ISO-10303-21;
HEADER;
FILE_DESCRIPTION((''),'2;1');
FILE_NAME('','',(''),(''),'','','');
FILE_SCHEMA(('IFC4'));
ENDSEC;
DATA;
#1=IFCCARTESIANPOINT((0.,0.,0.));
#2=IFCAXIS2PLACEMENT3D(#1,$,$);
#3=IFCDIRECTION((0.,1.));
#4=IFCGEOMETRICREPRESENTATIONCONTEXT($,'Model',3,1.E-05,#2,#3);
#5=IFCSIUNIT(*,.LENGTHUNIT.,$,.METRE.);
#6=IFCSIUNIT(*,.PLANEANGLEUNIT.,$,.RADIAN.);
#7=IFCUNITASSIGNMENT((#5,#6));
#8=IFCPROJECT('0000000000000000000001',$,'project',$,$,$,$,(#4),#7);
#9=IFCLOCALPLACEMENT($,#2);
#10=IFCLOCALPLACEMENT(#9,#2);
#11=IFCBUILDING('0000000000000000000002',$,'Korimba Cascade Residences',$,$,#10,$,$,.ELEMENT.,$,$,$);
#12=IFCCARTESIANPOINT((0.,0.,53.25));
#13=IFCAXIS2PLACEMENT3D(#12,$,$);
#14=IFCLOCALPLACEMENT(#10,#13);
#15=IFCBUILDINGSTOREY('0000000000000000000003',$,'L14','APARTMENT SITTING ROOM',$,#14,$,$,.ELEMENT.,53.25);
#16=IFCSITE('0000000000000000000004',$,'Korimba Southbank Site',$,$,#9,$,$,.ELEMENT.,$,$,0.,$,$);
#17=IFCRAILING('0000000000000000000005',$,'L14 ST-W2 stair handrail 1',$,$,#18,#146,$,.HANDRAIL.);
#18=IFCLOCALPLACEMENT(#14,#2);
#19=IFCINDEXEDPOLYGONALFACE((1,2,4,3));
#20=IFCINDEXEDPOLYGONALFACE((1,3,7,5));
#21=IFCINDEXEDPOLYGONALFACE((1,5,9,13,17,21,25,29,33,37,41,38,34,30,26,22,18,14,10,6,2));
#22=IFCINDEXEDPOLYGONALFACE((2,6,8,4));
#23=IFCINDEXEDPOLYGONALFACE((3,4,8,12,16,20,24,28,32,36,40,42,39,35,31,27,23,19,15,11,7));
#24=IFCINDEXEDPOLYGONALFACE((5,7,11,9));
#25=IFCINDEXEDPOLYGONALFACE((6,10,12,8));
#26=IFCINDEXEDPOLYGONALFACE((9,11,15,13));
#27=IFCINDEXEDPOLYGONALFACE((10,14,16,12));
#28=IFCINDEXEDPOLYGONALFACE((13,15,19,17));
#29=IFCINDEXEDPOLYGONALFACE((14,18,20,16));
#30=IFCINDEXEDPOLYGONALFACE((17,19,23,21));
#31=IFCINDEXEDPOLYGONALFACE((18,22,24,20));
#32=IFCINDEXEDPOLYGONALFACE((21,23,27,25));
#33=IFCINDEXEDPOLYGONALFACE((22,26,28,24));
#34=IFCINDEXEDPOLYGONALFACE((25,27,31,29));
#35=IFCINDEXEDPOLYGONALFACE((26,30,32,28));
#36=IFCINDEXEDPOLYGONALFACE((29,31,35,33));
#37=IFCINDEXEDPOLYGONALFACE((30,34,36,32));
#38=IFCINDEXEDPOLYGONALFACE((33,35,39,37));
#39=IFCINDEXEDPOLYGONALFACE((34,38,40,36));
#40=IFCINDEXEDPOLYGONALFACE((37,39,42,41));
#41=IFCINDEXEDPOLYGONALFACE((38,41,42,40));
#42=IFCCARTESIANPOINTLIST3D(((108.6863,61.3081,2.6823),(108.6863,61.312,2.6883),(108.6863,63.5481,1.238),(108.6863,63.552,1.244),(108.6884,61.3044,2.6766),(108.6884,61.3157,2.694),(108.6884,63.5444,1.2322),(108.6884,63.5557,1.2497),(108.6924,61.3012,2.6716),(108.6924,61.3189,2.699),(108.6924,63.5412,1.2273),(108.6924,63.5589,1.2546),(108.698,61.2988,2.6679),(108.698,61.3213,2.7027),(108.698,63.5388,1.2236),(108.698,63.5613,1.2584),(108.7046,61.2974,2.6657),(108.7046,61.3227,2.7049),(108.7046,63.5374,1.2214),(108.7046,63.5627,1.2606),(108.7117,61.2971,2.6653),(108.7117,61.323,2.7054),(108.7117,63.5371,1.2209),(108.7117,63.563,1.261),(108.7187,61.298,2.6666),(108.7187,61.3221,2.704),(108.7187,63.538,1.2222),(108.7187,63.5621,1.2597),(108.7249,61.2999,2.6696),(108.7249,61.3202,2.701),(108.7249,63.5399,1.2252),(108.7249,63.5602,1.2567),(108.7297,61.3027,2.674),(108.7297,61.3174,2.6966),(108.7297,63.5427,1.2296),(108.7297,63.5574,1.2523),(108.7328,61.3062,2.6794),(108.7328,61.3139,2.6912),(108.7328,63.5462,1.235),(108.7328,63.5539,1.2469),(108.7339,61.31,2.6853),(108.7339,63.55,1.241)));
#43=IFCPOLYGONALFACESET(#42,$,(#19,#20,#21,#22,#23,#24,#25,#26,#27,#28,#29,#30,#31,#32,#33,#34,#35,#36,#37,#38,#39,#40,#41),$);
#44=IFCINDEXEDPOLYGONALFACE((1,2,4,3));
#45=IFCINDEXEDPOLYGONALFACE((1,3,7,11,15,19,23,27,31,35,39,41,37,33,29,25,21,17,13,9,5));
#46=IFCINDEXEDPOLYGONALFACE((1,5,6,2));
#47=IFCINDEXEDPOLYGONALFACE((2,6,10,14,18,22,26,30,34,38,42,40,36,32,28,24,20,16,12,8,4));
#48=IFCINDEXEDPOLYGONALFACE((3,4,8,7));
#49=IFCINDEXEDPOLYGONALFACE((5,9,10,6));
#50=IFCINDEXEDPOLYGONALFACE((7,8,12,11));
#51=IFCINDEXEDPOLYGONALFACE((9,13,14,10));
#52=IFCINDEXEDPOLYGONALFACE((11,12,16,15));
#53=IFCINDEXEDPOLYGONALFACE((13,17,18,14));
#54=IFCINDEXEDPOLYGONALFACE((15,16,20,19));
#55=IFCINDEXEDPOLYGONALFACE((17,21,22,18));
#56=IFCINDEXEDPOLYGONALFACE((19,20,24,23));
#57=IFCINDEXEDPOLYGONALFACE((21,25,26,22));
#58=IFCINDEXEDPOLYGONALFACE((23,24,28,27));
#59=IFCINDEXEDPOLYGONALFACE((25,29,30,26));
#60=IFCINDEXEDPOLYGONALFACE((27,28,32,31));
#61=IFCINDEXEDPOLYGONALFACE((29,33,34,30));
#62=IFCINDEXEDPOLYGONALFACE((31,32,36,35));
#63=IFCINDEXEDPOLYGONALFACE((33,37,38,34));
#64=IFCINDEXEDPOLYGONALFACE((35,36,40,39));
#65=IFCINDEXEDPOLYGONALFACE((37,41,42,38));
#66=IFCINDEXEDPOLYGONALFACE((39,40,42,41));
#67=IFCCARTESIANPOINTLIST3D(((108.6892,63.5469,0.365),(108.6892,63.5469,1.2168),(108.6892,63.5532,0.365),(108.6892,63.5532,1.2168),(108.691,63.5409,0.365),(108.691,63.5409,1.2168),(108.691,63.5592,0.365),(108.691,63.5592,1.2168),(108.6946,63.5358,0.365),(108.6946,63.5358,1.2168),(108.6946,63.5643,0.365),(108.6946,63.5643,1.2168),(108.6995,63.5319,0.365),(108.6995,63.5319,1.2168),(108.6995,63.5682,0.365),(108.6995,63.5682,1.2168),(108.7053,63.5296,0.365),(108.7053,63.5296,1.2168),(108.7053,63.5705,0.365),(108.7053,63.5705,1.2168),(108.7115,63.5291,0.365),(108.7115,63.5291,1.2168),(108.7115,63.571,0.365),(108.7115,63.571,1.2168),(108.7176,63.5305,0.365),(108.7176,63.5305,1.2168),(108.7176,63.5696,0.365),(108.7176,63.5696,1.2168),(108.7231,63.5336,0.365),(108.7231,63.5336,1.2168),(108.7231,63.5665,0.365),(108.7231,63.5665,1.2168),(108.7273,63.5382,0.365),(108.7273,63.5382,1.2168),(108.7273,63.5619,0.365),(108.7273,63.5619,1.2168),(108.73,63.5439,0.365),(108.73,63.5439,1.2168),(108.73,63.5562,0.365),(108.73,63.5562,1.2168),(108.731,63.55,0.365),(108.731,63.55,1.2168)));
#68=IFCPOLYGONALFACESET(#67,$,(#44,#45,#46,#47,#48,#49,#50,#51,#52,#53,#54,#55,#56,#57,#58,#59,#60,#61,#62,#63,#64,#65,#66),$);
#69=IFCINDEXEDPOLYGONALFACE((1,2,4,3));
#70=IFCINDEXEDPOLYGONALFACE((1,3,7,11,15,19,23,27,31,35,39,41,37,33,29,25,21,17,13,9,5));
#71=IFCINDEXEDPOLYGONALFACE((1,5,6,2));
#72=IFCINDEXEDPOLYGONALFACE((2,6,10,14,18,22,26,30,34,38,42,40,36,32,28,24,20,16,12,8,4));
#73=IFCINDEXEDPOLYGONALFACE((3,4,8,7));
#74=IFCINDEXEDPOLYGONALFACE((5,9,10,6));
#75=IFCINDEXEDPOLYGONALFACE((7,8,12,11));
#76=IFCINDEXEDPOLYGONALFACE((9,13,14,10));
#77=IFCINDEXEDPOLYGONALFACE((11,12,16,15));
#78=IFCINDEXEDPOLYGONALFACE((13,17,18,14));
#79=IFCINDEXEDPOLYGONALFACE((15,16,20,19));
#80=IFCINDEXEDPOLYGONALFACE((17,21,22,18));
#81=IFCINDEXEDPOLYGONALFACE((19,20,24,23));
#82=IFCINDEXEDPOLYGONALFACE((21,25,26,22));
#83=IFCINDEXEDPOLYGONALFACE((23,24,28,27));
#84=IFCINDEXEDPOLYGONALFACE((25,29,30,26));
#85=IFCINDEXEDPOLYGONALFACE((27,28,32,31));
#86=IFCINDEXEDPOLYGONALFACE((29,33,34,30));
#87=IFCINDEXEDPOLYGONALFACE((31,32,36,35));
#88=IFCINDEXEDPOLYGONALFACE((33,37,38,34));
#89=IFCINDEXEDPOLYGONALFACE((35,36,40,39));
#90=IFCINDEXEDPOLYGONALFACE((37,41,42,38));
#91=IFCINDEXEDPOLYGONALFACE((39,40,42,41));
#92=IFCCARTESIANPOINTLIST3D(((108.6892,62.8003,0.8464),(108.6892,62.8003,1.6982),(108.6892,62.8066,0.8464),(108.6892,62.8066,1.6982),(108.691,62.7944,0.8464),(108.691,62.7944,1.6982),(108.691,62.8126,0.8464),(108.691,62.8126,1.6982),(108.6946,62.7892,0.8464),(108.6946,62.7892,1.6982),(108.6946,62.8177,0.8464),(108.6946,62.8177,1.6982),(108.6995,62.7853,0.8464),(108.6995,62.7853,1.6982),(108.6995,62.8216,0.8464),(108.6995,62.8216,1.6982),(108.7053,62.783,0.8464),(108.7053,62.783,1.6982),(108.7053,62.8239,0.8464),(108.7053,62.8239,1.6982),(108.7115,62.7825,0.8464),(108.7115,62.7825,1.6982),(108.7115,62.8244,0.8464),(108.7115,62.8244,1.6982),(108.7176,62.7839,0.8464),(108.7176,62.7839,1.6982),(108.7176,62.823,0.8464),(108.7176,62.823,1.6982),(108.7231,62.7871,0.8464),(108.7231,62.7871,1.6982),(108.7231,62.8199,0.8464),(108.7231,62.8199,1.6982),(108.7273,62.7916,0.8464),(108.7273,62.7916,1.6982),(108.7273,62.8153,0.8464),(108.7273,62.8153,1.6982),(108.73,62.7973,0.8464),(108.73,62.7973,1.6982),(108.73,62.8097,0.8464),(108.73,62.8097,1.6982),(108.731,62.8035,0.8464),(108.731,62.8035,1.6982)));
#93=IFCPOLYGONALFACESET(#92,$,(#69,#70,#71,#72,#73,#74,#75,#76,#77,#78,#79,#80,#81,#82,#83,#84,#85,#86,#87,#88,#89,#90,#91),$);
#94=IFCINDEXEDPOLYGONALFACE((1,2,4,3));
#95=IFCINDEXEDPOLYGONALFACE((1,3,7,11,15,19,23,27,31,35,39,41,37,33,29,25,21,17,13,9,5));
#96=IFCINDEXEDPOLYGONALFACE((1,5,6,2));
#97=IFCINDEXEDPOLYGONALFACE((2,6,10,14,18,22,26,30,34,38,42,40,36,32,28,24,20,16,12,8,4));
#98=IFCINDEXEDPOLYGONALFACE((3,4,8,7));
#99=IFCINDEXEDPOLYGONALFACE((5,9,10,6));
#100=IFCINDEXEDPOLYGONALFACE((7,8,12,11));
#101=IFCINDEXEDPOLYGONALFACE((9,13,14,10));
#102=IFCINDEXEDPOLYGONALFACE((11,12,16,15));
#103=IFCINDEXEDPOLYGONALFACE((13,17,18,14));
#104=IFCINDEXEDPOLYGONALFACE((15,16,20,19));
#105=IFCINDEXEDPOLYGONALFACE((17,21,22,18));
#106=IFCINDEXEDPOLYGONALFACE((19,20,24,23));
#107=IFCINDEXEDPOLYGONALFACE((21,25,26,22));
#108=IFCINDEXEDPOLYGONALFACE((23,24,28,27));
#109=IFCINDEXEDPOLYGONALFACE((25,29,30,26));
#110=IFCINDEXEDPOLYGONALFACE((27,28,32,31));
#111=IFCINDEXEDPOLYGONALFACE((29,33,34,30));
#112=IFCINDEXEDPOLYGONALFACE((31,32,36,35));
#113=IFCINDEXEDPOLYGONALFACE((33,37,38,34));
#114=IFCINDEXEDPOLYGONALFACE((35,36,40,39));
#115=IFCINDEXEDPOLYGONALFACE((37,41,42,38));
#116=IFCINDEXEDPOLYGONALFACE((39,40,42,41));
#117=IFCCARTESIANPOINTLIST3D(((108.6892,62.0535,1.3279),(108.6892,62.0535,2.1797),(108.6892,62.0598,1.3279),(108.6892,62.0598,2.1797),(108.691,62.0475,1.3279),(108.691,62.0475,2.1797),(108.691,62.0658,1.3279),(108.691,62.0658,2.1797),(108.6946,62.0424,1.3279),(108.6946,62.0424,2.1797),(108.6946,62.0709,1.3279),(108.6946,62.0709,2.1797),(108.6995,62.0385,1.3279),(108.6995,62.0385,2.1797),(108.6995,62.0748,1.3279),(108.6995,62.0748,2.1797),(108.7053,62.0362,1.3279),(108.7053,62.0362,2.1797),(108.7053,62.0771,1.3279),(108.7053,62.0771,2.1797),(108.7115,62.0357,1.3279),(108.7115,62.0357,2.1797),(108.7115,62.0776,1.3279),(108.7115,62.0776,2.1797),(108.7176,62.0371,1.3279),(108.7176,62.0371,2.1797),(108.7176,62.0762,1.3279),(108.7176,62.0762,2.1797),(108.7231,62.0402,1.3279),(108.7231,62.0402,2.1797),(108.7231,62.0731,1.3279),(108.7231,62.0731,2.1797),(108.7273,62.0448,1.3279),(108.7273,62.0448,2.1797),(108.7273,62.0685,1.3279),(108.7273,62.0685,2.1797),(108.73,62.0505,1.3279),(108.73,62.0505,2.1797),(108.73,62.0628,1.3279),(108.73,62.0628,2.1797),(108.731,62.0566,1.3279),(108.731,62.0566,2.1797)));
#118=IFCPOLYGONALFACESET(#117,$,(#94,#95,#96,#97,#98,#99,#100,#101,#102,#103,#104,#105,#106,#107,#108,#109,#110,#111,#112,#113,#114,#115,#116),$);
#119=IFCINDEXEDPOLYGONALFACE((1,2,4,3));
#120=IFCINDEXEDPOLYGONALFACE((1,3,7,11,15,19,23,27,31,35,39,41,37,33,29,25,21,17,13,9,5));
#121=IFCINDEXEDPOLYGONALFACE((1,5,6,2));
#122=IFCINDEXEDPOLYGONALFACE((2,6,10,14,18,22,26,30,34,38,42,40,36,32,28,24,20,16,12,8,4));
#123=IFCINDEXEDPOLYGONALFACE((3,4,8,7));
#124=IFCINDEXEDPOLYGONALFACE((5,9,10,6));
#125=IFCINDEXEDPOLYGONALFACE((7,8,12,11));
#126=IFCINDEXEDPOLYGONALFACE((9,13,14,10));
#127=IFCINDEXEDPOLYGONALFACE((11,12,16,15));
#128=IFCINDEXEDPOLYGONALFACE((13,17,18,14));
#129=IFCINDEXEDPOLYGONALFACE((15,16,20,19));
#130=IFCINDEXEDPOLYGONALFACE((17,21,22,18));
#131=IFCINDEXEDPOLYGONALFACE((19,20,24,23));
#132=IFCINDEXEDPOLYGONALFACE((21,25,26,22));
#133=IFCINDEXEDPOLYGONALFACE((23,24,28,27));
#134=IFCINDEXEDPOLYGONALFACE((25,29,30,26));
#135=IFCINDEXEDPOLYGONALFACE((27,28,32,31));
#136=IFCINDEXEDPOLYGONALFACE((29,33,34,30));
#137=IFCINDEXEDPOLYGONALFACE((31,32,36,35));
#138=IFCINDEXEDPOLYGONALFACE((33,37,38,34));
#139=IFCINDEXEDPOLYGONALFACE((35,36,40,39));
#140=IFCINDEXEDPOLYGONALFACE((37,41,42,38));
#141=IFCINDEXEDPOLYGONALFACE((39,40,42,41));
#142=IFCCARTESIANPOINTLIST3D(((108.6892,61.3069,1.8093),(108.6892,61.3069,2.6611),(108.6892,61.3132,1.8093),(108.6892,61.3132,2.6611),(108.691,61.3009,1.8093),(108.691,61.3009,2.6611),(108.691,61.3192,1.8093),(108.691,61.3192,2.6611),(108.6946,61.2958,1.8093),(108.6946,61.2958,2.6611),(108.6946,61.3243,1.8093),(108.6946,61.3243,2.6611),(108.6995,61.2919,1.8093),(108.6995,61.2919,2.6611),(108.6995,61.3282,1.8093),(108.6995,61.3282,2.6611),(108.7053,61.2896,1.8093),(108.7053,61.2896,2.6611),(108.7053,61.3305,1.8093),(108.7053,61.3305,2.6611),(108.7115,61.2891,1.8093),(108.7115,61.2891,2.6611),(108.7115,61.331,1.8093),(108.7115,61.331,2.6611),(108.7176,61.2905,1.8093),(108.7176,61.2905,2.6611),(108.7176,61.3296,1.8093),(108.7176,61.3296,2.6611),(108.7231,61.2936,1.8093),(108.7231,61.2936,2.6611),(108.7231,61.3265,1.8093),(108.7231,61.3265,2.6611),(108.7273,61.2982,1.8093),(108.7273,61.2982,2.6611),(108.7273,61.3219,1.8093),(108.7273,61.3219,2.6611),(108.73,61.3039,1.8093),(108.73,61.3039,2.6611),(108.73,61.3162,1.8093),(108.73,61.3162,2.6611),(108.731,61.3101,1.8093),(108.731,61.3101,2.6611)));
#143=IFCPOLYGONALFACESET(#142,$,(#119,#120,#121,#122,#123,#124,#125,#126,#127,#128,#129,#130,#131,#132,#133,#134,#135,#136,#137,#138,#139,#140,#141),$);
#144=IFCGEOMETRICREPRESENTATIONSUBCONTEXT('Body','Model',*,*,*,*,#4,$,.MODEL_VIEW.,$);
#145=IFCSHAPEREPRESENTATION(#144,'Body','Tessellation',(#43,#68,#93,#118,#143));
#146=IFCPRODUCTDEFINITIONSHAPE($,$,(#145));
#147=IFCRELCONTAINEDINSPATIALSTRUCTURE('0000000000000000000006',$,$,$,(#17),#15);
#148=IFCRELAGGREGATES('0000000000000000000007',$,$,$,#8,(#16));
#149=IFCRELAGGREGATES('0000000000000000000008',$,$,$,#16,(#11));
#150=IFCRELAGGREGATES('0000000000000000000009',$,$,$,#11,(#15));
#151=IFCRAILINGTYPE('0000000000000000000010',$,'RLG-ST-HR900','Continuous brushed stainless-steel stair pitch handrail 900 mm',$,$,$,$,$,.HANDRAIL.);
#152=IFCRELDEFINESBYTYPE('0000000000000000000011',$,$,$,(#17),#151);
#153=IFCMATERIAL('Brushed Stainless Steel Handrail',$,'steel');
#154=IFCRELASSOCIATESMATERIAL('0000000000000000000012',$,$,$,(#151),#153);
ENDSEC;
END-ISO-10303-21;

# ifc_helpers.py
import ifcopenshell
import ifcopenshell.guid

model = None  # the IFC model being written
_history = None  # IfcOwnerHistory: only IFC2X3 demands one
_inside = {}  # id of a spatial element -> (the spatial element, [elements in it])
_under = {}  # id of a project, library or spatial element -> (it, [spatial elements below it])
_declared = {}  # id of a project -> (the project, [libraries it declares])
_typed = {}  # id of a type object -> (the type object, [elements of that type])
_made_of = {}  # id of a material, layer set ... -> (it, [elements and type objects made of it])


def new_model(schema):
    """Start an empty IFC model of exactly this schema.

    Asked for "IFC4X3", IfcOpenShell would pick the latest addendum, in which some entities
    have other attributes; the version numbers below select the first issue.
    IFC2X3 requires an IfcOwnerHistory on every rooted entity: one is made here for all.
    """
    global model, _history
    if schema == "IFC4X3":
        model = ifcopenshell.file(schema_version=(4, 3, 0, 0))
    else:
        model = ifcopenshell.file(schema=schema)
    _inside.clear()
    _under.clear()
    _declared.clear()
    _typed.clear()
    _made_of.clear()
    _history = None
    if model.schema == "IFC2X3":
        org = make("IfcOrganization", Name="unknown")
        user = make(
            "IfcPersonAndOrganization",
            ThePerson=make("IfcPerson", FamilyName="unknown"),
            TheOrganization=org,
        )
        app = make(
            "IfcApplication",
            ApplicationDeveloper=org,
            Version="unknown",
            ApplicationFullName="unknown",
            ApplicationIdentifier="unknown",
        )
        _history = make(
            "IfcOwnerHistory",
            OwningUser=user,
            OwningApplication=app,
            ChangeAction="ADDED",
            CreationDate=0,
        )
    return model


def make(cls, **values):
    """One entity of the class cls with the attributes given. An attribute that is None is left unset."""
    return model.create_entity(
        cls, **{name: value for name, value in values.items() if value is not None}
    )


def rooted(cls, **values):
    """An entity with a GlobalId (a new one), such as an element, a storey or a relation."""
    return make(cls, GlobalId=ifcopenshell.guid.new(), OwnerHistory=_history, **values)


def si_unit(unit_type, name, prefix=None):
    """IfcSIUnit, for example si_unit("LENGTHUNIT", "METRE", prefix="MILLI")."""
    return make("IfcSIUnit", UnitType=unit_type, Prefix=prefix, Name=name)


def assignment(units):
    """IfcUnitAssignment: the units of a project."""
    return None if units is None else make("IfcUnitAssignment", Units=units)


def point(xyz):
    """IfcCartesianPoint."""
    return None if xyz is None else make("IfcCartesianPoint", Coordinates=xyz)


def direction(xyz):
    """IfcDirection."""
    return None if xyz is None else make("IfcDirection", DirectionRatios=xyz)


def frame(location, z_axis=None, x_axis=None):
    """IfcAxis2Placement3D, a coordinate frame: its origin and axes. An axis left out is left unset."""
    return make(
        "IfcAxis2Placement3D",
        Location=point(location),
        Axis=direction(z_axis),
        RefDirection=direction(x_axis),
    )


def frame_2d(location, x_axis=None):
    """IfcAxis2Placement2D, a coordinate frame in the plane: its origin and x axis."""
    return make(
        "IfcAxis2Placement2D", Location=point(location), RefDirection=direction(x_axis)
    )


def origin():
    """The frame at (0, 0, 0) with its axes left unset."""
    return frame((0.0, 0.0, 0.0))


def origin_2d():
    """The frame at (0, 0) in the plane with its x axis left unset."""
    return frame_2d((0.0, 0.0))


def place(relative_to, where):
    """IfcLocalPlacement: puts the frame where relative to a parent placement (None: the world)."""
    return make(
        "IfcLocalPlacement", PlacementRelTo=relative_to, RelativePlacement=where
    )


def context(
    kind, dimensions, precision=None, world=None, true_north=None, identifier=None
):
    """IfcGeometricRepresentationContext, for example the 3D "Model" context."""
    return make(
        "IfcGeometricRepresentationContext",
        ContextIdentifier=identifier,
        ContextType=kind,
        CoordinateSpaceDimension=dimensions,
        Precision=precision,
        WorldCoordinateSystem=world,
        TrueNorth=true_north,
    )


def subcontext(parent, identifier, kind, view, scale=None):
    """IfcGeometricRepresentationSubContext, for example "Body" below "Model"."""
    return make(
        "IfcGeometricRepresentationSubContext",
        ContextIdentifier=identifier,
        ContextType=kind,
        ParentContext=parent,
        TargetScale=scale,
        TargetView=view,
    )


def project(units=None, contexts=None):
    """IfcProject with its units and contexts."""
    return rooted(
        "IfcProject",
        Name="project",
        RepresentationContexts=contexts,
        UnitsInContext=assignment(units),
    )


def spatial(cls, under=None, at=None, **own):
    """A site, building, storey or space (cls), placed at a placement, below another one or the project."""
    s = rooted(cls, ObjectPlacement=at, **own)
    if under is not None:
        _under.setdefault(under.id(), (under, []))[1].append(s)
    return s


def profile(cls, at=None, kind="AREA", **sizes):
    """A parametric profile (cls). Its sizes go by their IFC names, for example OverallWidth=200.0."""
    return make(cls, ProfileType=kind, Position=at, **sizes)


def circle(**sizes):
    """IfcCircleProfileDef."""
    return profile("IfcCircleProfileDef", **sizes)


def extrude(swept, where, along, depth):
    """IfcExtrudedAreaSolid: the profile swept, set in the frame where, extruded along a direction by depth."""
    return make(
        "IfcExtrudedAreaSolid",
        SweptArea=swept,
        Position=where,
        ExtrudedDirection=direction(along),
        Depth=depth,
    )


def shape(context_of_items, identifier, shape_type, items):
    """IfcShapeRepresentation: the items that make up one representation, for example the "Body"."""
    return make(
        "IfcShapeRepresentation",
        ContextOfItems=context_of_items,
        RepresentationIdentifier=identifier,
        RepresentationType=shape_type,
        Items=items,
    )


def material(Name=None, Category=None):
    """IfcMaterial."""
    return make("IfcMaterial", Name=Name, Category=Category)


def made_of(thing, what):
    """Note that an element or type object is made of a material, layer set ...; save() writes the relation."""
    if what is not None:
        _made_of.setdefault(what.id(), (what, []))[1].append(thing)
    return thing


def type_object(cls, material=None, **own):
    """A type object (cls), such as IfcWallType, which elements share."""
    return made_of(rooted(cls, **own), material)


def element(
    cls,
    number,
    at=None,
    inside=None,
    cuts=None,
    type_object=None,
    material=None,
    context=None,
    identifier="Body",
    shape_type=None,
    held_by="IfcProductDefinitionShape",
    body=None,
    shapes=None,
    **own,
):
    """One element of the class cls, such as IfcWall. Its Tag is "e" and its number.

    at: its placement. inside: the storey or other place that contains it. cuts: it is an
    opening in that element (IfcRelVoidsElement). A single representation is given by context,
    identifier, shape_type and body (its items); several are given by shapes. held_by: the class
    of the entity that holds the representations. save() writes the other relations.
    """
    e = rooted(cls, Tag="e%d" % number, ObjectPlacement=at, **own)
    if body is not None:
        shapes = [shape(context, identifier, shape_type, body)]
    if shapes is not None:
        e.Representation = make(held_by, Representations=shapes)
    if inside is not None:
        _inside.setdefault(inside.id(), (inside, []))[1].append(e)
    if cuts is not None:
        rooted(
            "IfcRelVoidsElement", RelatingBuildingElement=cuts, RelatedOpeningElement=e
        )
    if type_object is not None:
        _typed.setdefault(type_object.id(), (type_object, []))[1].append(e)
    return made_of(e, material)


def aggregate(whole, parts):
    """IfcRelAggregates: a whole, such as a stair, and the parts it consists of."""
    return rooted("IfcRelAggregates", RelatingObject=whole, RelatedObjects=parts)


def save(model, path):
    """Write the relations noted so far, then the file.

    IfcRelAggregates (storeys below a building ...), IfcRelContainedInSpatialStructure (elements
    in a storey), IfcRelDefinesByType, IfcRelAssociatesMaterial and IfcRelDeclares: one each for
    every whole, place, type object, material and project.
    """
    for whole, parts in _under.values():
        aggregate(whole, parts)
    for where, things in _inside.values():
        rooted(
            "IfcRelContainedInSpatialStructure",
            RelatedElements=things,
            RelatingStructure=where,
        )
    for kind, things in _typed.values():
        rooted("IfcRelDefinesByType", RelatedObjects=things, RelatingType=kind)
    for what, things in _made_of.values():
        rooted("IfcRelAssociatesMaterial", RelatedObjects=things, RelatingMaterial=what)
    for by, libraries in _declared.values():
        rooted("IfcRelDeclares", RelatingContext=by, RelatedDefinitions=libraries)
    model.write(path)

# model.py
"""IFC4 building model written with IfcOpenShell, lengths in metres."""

from ifc_helpers import new_model, si_unit, direction, frame, origin, origin_2d, place, context, subcontext, project, spatial, circle, extrude, material, type_object, element, save


model = new_model("IFC4")

# Units and contexts
model_context = context("Model", 3, precision=1e-05, world=origin(), true_north=direction((0.0, 1.0)))
body_context = subcontext(model_context, "Body", "Model", "MODEL_VIEW")
ifc_project = project(units=[si_unit("LENGTHUNIT", "METRE"), si_unit("PLANEANGLEUNIT", "RADIAN")], contexts=[model_context])

# Site, building, storey
site_placement = place(None, origin())
site = spatial("IfcSite", under=ifc_project, at=site_placement, Name="Korimba Southbank Site", CompositionType="ELEMENT", RefElevation=0.0)
building_placement = place(site_placement, origin())
building = spatial("IfcBuilding", under=site, at=building_placement, Name="Korimba Cascade Residences", CompositionType="ELEMENT")
storey_placement = place(building_placement, frame((0.0, 0.0, 53.25)))
storey = spatial("IfcBuildingStorey", under=building, at=storey_placement, Name="L14", Description="APARTMENT SITTING ROOM", CompositionType="ELEMENT", Elevation=53.25)

# Railing
ifc_material_1 = material(Name="Brushed Stainless Steel Handrail", Category="steel")
railing_type_1 = type_object("IfcRailingType", Name="RLG-ST-HR900", Description="Continuous brushed stainless-steel stair pitch handrail 900 mm", PredefinedType="HANDRAIL", material=ifc_material_1)
railing_1_placement = place(storey_placement, frame((108.71, 63.55, 0.365)))
element("IfcRailing", 1, at=railing_1_placement, inside=storey, type_object=railing_type_1, Name="L14 ST-W2 stair handrail 1", PredefinedType="HANDRAIL", context=body_context, shape_type="SweptSolid", body=[
    extrude(circle(Radius=0.0239, at=origin_2d()), frame((0.0, 0.0, 0.876), z_axis=(0.0, -0.840437, 0.54191), x_axis=(1.0, 0.0, 0.0)), (0.0, 0.0, 1.0), 2.6653),
    extrude(circle(Radius=0.021, at=origin_2d()), origin(), (0.0, 0.0, 1.0), 0.8518),
    extrude(circle(Radius=0.021, at=origin_2d()), frame((0.0, -0.7466, 0.4814)), (0.0, 0.0, 1.0), 0.8518),
    extrude(circle(Radius=0.021, at=origin_2d()), frame((0.0, -1.4934, 0.9629)), (0.0, 0.0, 1.0), 0.8518),
    extrude(circle(Radius=0.021, at=origin_2d()), frame((0.0, -2.24, 1.4443)), (0.0, 0.0, 1.0), 0.8518),
])

save(model, "model.ifc")
